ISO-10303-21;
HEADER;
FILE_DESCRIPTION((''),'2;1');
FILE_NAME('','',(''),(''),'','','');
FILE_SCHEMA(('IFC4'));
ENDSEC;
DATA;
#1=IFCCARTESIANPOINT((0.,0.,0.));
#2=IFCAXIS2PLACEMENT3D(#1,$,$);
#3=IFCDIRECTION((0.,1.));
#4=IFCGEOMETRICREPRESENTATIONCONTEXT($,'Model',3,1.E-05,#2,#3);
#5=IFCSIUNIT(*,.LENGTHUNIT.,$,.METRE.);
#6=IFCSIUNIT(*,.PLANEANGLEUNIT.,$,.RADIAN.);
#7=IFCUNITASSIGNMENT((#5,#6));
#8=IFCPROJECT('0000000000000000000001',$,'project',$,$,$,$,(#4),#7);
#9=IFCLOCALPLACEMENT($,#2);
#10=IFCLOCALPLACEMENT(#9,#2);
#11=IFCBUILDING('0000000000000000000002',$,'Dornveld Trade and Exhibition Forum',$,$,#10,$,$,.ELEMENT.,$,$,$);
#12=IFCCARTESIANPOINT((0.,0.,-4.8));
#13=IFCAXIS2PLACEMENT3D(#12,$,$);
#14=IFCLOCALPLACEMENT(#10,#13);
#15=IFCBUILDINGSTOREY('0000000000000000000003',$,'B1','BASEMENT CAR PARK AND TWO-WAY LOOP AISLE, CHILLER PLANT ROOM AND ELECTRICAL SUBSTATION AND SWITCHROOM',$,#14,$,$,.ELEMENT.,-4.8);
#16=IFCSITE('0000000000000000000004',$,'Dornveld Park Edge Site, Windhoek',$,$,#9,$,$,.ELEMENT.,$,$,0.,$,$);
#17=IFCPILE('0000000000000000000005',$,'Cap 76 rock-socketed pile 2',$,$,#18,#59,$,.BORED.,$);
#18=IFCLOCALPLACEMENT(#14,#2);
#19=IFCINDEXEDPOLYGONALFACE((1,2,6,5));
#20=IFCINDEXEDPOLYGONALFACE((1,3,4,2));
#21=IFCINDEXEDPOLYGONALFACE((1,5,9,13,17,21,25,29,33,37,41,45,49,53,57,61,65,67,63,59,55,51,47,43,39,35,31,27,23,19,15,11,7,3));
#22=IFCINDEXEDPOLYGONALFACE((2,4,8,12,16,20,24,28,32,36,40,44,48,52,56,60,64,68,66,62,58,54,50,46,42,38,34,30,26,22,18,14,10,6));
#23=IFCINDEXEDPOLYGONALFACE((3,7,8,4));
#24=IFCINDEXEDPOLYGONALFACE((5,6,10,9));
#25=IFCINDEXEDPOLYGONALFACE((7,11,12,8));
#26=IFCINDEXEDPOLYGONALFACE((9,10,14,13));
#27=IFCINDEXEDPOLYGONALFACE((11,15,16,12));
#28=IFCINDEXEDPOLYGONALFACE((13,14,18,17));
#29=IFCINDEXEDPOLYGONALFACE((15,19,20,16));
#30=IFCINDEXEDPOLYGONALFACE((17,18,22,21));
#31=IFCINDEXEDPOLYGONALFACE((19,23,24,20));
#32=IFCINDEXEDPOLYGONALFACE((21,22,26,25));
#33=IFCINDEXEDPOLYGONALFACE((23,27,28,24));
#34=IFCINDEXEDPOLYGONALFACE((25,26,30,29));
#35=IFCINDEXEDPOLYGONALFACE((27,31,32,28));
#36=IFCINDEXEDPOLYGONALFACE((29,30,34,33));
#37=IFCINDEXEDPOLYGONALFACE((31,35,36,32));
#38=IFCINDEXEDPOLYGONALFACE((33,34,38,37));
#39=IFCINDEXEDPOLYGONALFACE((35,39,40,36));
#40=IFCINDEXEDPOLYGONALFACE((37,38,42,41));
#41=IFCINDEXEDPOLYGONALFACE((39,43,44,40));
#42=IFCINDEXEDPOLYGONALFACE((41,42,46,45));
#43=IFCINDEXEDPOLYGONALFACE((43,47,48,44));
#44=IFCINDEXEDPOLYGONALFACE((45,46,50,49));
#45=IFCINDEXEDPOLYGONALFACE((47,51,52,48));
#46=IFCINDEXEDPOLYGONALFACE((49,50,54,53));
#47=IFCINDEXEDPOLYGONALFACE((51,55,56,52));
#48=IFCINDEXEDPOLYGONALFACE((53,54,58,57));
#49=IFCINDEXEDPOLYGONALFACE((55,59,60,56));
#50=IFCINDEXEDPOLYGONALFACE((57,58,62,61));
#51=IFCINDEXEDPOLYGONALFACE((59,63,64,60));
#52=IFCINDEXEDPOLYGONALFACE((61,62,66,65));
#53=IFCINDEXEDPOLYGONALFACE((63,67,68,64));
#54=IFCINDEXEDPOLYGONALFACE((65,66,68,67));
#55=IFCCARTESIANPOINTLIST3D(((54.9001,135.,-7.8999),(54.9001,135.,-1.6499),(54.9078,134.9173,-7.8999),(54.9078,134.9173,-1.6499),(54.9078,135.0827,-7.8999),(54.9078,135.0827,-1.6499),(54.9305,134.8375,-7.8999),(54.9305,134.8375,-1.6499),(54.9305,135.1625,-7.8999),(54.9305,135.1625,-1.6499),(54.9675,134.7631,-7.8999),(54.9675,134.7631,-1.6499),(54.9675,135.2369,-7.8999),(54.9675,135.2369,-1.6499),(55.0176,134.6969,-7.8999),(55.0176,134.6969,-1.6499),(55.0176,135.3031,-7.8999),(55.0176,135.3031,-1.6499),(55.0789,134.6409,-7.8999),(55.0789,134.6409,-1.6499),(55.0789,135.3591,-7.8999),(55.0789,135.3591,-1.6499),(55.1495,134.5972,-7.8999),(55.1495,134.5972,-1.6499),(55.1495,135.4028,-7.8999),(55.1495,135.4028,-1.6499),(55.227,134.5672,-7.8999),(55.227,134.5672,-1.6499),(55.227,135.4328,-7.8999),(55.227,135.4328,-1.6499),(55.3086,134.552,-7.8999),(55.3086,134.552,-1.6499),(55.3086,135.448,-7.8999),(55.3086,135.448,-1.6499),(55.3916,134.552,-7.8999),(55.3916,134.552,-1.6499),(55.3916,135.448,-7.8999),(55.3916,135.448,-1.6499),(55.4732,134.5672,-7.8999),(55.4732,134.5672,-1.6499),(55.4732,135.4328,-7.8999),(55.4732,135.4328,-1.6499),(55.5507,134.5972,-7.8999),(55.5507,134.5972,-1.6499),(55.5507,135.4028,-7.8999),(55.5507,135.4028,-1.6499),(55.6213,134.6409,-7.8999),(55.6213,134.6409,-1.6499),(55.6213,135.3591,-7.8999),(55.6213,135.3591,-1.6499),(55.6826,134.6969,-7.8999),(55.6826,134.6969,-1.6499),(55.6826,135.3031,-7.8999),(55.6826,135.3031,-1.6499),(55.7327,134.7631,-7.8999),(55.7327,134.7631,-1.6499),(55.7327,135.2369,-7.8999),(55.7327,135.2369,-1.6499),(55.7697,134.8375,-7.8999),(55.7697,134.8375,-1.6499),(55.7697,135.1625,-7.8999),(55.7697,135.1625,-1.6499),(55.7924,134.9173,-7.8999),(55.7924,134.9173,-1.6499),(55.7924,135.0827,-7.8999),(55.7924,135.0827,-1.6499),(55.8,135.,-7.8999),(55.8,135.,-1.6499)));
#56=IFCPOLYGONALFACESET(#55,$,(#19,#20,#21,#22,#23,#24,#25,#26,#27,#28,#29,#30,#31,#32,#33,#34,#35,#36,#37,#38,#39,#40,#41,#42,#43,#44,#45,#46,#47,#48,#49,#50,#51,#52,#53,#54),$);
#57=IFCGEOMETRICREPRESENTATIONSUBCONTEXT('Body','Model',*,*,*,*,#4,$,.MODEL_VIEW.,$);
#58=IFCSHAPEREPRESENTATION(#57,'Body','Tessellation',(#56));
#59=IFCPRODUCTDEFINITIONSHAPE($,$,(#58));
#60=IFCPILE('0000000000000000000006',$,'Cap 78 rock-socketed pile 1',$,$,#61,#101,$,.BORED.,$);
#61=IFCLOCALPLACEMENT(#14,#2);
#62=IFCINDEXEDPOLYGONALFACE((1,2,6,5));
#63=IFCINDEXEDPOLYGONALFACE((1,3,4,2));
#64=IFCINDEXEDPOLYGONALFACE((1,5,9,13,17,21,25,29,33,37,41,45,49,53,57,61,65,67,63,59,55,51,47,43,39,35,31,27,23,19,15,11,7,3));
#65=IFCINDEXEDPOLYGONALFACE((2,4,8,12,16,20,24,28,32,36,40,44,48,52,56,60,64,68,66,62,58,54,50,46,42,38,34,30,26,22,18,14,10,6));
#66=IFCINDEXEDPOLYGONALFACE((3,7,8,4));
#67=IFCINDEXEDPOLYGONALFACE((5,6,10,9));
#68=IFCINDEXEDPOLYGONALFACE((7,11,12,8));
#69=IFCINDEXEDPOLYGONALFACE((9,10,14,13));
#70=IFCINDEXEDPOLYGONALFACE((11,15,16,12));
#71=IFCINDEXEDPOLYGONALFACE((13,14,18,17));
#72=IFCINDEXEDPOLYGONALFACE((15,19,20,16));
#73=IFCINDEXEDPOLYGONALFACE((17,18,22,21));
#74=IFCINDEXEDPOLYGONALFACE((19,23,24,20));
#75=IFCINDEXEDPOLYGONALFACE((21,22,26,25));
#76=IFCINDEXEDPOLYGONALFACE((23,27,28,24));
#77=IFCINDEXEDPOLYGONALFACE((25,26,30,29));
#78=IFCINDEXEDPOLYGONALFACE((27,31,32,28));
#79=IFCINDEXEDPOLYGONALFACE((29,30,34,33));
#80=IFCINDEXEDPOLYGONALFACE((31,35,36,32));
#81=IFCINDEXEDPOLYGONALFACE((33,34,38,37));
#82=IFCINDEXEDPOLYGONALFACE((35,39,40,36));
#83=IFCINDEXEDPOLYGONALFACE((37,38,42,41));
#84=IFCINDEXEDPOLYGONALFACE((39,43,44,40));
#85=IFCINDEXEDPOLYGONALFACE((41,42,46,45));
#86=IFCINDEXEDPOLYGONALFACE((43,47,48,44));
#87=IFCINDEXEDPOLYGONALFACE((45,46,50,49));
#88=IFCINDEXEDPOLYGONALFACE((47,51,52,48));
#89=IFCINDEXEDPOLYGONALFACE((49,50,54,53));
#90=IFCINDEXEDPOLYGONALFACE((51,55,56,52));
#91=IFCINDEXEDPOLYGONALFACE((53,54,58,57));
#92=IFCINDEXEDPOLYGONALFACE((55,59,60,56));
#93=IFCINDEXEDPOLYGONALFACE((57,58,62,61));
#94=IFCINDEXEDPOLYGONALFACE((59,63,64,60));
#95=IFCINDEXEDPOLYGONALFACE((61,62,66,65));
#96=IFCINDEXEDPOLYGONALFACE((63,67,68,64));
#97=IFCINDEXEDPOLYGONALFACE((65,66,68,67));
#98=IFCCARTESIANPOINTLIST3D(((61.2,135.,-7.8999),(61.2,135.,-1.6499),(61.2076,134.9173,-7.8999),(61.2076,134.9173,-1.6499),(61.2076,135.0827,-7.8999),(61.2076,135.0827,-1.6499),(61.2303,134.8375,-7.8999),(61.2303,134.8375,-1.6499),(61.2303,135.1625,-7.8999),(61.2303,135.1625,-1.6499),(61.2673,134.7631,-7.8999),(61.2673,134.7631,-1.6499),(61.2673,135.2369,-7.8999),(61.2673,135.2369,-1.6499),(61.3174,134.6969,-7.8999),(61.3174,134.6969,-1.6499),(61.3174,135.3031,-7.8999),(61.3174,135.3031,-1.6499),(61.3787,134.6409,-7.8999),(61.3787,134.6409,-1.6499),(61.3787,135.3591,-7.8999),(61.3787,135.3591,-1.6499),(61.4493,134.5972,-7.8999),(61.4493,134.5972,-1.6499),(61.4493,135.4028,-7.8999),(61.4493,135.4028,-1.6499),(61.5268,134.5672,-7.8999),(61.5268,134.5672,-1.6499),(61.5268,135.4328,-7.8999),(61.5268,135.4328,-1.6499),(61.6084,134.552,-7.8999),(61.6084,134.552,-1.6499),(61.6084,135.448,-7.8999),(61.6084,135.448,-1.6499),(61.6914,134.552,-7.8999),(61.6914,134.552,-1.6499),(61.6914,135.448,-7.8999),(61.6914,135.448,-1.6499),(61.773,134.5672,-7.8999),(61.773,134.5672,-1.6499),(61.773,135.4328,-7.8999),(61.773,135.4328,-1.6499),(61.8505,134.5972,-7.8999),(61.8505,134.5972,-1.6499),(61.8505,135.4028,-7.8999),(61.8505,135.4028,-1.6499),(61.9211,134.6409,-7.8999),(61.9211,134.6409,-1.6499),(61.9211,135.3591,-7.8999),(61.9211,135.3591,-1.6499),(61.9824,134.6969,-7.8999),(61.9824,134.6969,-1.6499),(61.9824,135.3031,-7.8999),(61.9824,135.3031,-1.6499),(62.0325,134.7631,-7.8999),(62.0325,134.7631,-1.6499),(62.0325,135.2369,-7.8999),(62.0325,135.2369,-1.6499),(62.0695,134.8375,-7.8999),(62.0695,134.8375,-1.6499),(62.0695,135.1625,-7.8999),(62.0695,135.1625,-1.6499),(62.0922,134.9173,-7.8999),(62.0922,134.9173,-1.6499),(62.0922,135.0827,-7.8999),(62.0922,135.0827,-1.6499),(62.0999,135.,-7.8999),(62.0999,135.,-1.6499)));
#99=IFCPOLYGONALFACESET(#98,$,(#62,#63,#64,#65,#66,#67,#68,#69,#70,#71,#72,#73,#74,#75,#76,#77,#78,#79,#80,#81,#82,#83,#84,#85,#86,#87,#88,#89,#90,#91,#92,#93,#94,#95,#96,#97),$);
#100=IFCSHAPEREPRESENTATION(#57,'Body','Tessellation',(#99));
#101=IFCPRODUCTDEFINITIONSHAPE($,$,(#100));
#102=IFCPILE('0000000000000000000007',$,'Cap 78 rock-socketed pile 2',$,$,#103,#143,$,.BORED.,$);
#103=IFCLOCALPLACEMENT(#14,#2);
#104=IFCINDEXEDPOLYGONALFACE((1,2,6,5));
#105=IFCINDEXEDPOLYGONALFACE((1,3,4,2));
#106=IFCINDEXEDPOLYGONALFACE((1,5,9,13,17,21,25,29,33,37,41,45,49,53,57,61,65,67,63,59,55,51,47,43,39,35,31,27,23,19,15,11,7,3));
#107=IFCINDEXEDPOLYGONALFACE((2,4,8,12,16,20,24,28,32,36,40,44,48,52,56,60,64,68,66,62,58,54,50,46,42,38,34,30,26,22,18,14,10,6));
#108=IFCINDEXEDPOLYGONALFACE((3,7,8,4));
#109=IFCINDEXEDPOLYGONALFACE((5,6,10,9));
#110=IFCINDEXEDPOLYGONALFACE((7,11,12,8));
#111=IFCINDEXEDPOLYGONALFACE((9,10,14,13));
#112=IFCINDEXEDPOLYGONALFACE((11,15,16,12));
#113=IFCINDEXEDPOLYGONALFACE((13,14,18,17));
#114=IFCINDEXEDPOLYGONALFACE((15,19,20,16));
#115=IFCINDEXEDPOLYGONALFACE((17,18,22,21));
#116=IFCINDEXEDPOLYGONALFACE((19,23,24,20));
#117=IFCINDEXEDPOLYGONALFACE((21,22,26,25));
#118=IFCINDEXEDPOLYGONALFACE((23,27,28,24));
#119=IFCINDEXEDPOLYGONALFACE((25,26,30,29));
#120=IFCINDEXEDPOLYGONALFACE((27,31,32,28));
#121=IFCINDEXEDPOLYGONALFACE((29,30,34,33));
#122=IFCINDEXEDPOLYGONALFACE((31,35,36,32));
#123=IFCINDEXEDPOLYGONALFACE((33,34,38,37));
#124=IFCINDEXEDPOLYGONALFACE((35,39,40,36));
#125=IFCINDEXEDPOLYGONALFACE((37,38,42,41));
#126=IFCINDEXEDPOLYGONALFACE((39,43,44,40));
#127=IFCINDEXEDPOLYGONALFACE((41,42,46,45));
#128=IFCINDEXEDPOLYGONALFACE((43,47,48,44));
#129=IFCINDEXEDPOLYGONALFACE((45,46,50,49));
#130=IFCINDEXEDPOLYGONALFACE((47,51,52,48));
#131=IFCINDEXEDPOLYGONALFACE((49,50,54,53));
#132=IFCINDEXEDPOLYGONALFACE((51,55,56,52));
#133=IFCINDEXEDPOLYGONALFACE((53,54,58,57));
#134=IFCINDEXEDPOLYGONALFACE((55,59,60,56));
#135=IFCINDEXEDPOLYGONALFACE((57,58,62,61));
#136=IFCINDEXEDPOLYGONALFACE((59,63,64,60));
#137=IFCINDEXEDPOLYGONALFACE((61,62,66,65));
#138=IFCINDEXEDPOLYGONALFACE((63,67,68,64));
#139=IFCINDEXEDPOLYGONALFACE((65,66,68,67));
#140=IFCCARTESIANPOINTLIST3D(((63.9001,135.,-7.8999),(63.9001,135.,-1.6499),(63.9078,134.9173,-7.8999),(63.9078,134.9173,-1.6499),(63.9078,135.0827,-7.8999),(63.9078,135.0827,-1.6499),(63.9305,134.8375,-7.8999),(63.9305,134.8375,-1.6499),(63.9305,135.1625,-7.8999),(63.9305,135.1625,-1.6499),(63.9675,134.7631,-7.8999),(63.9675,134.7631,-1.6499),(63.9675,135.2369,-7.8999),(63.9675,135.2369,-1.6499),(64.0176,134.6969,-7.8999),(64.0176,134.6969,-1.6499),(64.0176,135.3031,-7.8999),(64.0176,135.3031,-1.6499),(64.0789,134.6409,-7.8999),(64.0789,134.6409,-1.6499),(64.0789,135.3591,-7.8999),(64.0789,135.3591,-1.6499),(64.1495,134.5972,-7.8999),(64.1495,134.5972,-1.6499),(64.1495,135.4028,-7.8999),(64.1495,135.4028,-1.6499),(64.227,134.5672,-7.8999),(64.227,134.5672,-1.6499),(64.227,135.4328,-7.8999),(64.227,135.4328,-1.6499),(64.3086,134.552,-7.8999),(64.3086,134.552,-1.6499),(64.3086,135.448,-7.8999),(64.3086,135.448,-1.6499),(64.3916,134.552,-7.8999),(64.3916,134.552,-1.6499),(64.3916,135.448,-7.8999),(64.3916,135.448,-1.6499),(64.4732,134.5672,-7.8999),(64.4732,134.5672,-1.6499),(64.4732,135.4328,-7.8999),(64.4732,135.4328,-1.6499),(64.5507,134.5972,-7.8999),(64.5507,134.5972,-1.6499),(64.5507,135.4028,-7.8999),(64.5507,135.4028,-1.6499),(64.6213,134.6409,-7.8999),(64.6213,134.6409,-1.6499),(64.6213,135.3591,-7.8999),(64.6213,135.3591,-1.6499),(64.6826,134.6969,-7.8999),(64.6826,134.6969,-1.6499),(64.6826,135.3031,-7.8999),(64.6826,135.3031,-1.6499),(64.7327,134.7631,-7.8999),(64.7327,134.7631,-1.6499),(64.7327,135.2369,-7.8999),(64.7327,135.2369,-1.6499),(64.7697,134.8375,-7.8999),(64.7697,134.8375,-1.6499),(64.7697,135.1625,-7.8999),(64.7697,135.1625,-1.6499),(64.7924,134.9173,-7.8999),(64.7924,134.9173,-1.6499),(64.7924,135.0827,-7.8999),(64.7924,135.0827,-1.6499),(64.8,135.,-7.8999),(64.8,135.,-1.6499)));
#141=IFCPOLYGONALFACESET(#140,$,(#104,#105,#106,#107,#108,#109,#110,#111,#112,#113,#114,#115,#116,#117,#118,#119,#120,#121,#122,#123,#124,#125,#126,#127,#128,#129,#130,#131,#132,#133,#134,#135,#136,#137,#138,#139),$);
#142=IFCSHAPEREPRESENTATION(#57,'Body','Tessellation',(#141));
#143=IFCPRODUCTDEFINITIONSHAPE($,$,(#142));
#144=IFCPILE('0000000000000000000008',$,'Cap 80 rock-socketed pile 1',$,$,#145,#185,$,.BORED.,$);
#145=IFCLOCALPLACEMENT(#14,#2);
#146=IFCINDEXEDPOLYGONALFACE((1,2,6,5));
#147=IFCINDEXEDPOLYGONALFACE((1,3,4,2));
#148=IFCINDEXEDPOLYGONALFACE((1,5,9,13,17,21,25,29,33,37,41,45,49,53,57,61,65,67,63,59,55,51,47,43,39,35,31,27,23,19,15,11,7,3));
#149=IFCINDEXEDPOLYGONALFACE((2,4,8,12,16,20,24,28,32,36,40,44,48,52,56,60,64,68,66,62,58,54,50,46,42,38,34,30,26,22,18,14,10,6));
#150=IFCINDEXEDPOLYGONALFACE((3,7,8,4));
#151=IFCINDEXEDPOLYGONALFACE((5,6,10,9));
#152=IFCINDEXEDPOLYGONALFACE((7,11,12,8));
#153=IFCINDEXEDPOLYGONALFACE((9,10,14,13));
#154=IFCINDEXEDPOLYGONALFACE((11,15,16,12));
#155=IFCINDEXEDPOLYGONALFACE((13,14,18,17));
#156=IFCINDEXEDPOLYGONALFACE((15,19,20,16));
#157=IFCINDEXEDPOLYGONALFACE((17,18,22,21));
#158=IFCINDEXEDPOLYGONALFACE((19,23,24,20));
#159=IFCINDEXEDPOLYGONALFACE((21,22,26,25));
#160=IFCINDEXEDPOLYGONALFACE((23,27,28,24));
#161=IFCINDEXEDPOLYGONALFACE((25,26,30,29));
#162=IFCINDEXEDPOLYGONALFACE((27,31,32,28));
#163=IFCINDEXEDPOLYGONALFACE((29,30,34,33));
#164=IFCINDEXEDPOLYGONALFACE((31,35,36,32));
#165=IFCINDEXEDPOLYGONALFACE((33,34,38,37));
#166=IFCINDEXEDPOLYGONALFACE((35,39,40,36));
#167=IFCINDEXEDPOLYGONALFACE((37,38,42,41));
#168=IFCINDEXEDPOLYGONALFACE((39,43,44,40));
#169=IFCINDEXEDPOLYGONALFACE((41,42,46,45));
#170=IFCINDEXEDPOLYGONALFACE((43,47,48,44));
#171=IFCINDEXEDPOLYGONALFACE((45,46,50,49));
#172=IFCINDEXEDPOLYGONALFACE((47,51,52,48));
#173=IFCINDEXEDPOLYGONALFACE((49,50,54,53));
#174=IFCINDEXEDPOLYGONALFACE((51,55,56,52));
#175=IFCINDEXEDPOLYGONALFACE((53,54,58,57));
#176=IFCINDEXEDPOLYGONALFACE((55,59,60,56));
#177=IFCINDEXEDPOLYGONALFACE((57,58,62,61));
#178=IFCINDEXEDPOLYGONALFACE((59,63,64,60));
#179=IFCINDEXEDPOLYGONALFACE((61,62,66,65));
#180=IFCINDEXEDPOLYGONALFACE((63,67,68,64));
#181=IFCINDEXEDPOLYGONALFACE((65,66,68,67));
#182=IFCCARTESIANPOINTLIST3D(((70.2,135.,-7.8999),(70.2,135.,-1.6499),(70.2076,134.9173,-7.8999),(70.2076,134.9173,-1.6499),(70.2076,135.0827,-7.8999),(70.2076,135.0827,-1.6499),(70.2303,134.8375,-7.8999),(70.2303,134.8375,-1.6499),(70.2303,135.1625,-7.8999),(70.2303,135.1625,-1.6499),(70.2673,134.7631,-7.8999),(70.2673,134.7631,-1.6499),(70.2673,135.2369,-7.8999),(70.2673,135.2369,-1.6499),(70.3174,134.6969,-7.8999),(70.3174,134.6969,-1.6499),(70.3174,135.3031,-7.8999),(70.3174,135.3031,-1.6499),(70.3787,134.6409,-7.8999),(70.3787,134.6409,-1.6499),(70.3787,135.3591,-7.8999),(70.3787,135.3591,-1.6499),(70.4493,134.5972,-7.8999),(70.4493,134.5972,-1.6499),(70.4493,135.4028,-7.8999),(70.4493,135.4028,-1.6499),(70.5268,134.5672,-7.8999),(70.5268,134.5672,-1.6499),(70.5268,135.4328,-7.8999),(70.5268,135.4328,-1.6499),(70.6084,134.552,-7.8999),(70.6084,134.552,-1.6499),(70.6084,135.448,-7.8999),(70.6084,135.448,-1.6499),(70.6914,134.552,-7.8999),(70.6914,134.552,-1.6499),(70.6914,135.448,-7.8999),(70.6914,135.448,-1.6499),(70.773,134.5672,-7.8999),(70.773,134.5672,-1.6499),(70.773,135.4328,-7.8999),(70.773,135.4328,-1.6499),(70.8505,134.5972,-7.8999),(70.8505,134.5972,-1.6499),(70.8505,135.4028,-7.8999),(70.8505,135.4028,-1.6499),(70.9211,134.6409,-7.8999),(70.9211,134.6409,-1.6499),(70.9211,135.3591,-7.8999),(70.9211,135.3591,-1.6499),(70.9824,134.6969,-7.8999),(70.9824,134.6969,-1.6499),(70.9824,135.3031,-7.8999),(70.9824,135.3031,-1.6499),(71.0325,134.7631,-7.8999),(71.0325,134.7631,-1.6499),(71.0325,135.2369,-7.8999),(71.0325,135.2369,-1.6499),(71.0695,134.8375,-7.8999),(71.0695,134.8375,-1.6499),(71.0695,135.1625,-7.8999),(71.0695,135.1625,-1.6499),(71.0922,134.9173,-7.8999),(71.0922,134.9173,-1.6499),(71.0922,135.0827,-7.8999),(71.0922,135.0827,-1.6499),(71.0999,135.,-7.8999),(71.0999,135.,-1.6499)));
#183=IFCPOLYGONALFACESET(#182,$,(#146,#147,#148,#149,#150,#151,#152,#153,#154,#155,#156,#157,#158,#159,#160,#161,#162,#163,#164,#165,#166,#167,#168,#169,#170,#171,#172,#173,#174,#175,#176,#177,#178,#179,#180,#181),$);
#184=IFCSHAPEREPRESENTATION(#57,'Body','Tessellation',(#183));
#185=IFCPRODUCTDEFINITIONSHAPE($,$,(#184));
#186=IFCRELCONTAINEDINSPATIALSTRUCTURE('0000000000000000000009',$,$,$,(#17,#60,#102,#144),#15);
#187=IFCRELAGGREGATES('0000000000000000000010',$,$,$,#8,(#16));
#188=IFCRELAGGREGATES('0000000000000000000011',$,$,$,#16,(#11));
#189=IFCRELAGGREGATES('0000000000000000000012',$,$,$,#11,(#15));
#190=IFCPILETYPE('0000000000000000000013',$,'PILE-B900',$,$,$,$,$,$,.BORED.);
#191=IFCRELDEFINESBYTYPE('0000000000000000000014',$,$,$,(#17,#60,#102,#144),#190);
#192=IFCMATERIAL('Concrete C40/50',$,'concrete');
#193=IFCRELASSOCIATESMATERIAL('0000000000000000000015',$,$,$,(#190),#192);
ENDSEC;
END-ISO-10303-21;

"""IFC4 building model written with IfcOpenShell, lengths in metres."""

from ifc_helpers import new_model, si_unit, direction, frame, origin, origin_2d, place, context, subcontext, project, spatial, circle, extrude, material, material_profile, profile_set, type_object, element, save


model = new_model("IFC4")

# Units and contexts
model_context = context("Model", 3, precision=1e-05, world=origin(), true_north=direction((0.0, 1.0)))
body_context = subcontext(model_context, "Body", "Model", "MODEL_VIEW")
ifc_project = project(units=[si_unit("LENGTHUNIT", "METRE"), si_unit("PLANEANGLEUNIT", "RADIAN")], contexts=[model_context])

# Site, building, storey
site_placement = place(None, origin())
site = spatial("IfcSite", under=ifc_project, at=site_placement, Name="Dornveld Park Edge Site, Windhoek", CompositionType="ELEMENT", RefElevation=0.0)
building_placement = place(site_placement, origin())
building = spatial("IfcBuilding", under=site, at=building_placement, Name="Dornveld Trade and Exhibition Forum", CompositionType="ELEMENT")
storey_placement = place(building_placement, frame((0.0, 0.0, -4.8)))
storey = spatial("IfcBuildingStorey", under=building, at=storey_placement, Name="B1", Description="BASEMENT CAR PARK AND TWO-WAY LOOP AISLE, CHILLER PLANT ROOM AND ELECTRICAL SUBSTATION AND SWITCHROOM", CompositionType="ELEMENT", Elevation=-4.8)

# Piles
ifc_material_1 = material(Name="Concrete C40/50", Category="concrete")
ifc_material_profile_1 = material_profile(ifc_material_1, circle(Radius=0.45, at=origin_2d()), Name="PILE D900")
ifc_profile_set_1 = profile_set([ifc_material_profile_1], Name="Concrete C40/50")
pile_type = type_object("IfcPileType", Name="PILE-B900", PredefinedType="BORED", material=ifc_profile_set_1)
for number, where, z_axis, x_axis, name in (
    (1, (55.3501, 135.0, -1.6499), (0.0, 0.0, -1.0), (1.0, 0.0, 0.0), "Cap 76 rock-socketed pile 2"),
    (2, (61.6499, 135.0, -1.6499), (0.0, 0.0, -1.0), (1.0, 0.0, 0.0), "Cap 78 rock-socketed pile 1"),
    (3, (64.3501, 135.0, -1.6499), (0.0, 0.0, -1.0), (1.0, 0.0, 0.0), "Cap 78 rock-socketed pile 2"),
    (4, (70.6499, 135.0, -1.6499), (0.0, 0.0, -1.0), (1.0, 0.0, 0.0), "Cap 80 rock-socketed pile 1"),
):
    element("IfcPile", number, at=place(storey_placement, frame(where, z_axis=z_axis, x_axis=x_axis)), inside=storey, type_object=pile_type, Name=name, PredefinedType="BORED", context=body_context, shape_type="SweptSolid", body=[
        extrude(circle(Radius=0.45, at=origin_2d()), origin(), (0.0, 0.0, 1.0), 6.25),
    ])

save(model, "model.ifc")
